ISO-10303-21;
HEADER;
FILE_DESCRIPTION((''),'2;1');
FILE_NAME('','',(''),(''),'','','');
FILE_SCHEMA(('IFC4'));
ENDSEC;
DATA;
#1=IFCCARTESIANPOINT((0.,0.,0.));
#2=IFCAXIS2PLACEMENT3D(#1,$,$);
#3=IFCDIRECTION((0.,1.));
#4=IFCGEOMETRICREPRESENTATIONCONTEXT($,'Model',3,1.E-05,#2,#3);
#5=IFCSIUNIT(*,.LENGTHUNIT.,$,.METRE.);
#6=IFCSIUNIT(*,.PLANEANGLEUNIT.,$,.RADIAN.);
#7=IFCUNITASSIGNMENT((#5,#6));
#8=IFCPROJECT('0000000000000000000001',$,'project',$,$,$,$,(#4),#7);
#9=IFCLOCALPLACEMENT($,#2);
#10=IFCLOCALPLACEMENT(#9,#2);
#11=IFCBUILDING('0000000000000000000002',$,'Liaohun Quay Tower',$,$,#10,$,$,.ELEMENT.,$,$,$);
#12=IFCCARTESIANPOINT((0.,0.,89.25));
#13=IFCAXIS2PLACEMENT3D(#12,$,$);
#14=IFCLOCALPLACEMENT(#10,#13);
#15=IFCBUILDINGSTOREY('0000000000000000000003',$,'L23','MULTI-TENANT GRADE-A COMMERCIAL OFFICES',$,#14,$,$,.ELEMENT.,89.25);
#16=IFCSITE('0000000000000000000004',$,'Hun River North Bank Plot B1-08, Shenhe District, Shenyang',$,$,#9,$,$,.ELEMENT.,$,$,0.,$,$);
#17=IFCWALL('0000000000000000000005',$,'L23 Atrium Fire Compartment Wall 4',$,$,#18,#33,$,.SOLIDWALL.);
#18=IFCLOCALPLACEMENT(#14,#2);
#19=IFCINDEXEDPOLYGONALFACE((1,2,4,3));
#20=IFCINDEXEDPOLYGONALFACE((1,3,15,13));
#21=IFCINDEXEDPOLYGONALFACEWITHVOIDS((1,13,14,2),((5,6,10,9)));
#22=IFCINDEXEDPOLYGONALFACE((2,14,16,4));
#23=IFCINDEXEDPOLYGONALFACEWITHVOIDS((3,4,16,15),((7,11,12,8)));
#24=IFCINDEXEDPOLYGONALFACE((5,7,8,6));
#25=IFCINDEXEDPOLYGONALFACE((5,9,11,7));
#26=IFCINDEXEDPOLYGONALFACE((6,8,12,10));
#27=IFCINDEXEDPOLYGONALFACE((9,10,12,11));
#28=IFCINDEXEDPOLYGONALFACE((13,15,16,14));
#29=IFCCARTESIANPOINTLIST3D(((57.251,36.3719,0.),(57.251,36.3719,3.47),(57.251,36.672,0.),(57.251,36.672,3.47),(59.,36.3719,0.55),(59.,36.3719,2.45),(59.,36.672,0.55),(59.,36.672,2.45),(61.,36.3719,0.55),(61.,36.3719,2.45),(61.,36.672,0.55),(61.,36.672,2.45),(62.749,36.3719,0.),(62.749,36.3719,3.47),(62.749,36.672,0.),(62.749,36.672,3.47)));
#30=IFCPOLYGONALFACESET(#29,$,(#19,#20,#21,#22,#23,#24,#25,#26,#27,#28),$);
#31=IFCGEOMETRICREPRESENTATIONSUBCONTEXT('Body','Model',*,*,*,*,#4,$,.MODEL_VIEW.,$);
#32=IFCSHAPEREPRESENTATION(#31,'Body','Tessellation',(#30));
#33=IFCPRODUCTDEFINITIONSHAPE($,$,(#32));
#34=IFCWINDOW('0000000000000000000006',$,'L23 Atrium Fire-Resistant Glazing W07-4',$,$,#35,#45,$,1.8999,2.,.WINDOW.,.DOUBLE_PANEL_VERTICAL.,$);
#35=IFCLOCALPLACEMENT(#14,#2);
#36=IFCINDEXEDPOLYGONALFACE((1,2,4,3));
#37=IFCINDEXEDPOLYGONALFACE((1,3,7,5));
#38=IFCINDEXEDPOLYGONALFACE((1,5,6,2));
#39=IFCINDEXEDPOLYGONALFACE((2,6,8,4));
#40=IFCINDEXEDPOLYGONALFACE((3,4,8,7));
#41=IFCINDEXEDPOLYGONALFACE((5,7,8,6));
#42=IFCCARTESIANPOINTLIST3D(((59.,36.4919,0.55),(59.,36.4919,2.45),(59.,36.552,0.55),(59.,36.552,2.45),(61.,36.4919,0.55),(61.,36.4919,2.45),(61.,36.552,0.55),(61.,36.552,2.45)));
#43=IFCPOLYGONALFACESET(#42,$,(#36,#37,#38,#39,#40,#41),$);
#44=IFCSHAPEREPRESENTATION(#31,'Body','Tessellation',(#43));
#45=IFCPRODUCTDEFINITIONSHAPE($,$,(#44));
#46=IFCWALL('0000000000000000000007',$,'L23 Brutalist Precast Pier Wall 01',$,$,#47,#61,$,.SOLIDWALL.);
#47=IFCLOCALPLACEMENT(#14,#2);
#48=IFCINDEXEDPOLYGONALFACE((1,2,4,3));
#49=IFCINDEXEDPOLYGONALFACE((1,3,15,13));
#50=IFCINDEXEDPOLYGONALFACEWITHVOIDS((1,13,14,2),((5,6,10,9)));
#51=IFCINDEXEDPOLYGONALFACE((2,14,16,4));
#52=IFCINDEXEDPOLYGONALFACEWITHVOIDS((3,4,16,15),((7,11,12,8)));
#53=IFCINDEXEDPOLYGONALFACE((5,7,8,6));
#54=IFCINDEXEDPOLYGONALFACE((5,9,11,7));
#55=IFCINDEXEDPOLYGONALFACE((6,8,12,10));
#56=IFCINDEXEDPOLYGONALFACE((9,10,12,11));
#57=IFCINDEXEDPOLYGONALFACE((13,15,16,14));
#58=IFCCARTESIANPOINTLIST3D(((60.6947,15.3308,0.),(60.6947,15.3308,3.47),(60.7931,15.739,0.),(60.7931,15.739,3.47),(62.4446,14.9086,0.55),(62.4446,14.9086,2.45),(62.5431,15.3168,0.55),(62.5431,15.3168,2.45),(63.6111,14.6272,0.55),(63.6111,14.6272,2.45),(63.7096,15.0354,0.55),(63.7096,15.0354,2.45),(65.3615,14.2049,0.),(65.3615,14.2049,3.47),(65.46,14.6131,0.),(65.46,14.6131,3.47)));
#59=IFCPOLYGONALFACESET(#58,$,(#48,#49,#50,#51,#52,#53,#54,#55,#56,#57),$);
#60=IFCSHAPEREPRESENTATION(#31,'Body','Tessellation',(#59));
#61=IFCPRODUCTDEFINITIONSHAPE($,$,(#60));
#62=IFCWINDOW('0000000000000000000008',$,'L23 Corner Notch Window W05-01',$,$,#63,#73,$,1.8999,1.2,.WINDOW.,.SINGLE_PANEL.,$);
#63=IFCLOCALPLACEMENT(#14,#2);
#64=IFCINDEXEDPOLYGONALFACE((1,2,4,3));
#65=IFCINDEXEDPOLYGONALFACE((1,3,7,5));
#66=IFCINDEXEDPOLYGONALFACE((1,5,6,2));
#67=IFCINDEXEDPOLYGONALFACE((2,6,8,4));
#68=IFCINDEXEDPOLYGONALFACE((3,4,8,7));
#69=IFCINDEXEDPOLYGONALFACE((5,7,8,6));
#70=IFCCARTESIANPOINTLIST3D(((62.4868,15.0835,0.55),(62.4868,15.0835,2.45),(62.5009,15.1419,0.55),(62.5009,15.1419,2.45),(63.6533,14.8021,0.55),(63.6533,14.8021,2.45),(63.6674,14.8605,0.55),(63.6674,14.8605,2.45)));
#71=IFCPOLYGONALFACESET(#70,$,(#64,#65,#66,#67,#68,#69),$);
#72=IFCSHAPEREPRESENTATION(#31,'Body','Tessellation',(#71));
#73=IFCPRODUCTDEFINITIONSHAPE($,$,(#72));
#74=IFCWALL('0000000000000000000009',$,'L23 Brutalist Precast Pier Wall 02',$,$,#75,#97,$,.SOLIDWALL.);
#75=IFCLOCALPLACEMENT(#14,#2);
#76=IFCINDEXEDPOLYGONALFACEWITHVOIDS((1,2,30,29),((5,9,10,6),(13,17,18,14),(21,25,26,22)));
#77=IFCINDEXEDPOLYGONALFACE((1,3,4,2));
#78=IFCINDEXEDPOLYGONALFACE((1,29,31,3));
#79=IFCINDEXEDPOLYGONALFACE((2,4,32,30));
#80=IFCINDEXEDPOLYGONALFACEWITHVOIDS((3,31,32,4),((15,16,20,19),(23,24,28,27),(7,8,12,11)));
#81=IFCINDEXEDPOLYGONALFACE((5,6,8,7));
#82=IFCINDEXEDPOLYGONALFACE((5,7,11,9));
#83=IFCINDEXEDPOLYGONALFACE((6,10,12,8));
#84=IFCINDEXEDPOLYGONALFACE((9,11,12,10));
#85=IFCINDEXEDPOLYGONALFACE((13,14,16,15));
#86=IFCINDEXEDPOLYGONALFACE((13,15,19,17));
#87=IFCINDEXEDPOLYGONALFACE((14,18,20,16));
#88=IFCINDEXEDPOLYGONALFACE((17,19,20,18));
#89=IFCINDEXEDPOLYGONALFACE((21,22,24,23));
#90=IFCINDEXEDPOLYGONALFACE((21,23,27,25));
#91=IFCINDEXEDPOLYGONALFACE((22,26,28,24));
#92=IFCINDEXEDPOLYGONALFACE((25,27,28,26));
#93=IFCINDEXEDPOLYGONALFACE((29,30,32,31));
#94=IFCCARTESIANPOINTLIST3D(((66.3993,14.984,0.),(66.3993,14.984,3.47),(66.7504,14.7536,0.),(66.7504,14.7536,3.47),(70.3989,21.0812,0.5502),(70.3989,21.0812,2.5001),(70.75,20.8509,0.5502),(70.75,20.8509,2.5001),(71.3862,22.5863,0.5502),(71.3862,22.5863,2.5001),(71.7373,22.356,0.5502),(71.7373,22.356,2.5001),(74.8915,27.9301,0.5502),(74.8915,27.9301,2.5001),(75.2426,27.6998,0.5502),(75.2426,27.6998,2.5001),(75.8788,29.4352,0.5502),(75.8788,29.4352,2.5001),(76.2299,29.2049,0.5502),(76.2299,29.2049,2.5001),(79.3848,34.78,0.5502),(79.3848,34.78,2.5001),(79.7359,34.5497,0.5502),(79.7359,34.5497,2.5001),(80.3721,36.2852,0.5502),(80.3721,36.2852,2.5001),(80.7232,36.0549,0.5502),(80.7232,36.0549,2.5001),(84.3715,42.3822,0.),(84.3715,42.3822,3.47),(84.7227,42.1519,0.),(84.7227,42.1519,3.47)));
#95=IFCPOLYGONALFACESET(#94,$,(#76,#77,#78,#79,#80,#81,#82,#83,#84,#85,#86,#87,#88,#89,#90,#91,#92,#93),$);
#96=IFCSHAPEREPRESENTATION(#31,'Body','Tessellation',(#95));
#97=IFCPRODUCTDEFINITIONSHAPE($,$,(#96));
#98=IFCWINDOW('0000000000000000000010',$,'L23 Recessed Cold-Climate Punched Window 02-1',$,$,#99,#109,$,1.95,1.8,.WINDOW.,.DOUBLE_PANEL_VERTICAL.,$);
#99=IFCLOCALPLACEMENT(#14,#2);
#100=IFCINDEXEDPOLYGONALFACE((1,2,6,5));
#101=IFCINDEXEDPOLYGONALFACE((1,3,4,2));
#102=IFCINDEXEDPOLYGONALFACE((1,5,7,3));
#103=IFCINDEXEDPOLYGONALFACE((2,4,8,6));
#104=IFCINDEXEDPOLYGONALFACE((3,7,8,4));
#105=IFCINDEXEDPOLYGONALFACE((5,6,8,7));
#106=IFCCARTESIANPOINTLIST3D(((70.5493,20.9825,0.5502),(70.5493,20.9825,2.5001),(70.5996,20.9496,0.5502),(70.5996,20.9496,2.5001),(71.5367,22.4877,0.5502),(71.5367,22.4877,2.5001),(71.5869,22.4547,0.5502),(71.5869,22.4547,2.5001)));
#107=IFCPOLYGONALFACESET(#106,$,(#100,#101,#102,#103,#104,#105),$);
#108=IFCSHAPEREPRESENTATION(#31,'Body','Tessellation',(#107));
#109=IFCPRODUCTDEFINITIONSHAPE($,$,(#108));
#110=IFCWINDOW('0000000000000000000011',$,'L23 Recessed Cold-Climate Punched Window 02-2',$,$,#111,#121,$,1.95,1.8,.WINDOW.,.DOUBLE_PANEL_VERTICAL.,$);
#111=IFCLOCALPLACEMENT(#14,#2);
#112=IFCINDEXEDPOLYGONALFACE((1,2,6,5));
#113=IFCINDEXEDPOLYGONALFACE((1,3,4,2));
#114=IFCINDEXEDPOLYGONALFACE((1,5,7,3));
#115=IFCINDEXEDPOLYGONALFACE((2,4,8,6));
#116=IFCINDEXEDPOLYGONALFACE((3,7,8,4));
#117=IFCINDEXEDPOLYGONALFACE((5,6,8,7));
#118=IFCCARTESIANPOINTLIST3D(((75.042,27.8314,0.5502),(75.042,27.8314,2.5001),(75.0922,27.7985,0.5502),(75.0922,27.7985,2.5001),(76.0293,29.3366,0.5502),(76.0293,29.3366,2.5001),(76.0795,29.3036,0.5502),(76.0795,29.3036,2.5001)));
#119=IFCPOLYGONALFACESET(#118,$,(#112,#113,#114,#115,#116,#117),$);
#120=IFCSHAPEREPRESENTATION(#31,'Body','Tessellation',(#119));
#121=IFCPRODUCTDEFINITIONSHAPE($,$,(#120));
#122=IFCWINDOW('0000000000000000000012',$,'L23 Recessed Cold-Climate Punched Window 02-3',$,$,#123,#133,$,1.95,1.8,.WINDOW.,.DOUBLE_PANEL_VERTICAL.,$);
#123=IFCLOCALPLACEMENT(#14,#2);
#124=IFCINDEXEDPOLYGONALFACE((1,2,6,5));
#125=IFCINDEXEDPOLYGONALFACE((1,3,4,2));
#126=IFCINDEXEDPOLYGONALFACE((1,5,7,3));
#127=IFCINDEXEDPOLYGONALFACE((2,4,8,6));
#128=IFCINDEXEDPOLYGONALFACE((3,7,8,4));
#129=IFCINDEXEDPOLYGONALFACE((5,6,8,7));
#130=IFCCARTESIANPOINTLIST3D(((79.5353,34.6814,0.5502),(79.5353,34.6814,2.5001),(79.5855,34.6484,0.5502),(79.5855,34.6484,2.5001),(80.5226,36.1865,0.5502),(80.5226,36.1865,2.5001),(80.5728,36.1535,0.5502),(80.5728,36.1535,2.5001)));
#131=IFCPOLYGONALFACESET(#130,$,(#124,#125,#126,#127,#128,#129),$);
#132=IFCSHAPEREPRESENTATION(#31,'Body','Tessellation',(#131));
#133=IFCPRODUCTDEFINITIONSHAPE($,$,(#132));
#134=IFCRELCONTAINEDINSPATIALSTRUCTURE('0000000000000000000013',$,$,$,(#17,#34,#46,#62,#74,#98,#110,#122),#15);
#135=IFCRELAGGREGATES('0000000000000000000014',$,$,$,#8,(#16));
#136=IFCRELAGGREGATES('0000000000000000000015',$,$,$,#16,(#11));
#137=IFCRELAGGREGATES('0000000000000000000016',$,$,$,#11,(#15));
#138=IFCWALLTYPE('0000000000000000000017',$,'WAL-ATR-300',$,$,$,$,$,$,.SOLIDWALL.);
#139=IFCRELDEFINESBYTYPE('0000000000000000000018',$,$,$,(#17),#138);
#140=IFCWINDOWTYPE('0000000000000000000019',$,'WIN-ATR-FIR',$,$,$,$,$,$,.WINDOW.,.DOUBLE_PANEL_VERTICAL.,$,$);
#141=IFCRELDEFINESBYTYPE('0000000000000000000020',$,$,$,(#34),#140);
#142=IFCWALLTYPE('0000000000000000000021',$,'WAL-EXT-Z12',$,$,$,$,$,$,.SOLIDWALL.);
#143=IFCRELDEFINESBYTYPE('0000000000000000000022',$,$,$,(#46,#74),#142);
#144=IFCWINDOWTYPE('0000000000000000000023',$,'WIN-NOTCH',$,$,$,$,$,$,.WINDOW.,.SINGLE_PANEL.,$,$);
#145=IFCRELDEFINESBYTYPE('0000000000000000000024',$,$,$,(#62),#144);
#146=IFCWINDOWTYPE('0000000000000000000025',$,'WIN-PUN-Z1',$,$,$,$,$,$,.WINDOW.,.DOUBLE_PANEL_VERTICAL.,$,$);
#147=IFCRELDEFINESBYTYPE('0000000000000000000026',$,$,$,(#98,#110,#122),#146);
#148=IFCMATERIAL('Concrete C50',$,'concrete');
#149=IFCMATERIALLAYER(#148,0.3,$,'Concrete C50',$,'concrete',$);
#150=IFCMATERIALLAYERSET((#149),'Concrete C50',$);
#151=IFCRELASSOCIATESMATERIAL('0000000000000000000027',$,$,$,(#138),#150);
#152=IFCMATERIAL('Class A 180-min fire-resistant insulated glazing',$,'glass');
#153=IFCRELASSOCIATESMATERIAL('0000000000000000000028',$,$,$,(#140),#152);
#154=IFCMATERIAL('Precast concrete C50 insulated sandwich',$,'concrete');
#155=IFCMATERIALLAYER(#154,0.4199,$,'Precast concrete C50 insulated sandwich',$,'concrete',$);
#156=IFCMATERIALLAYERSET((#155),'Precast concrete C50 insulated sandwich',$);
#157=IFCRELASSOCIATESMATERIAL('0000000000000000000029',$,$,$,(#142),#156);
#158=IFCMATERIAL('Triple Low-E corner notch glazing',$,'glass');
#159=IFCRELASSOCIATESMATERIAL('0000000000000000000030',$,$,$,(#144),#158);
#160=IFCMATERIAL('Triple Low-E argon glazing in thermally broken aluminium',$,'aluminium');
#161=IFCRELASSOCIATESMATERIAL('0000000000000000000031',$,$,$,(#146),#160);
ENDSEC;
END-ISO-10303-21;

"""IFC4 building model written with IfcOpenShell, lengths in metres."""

from ifc_helpers import new_model, si_unit, direction, frame, frame_2d, origin, place, context, subcontext, project, spatial, rectangle, extrude, source, transform, mapped, material, layer, layer_set, type_object, element, fill, save


model = new_model("IFC4")

# Units and contexts
model_context = context("Model", 3, precision=1e-05, world=origin(), true_north=direction((0.0, 1.0)))
body_context = subcontext(model_context, "Body", "Model", "MODEL_VIEW")
ifc_project = project(units=[si_unit("LENGTHUNIT", "METRE"), si_unit("PLANEANGLEUNIT", "RADIAN")], contexts=[model_context])

# Site, building, storey
site_placement = place(None, origin())
site = spatial("IfcSite", under=ifc_project, at=site_placement, Name="Hun River North Bank Plot B1-08, Shenhe District, Shenyang", CompositionType="ELEMENT", RefElevation=0.0)
building_placement = place(site_placement, origin())
building = spatial("IfcBuilding", under=site, at=building_placement, Name="Liaohun Quay Tower", CompositionType="ELEMENT")
storey_placement = place(building_placement, frame((0.0, 0.0, 89.25)))
storey = spatial("IfcBuildingStorey", under=building, at=storey_placement, Name="L23", Description="MULTI-TENANT GRADE-A COMMERCIAL OFFICES", CompositionType="ELEMENT", Elevation=89.25)

# Walls, openings, windows
ifc_material_1 = material(Name="Concrete C50", Category="concrete")
ifc_layer_1 = layer(ifc_material_1, 0.3, Name="Concrete C50", Category="concrete")
ifc_layer_set_1 = layer_set([ifc_layer_1], Name="Concrete C50")
wall_type_1 = type_object("IfcWallType", Name="WAL-ATR-300", PredefinedType="SOLIDWALL", material=ifc_layer_set_1)
shared_shape_1 = source(origin(), body_context, "Body", "SweptSolid", [
    extrude(rectangle(XDim=2.0, YDim=1.8999, at=frame_2d((1.0, 0.95))), frame((0.0, 0.1599, 0.0), z_axis=(0.0, -1.0, 0.0), x_axis=(1.0, 0.0, 0.0)), (0.0, 0.0, 1.0), 0.3201),
])
ifc_material_2 = material(Name="Class A 180-min fire-resistant insulated glazing", Category="glass")
window_type_1 = type_object("IfcWindowType", Name="WIN-ATR-FIR", PartitioningType="DOUBLE_PANEL_VERTICAL", PredefinedType="WINDOW", material=ifc_material_2)
shared_shape_2 = source(origin(), body_context, "Body", "SweptSolid", [
    extrude(rectangle(XDim=2.0, YDim=1.8999, at=frame_2d((1.0, 0.95))), frame((0.0, 0.03, 0.0), z_axis=(0.0, -1.0, 0.0), x_axis=(1.0, 0.0, 0.0)), (0.0, 0.0, 1.0), 0.0601),
])
wall_1_placement = place(storey_placement, frame((62.749, 36.522, 0.0), z_axis=(0.0, 0.0, 1.0), x_axis=(-1.0, 0.0, 0.0)))
wall_1 = element("IfcWall", 1, at=wall_1_placement, inside=storey, type_object=wall_type_1, Name="L23 Atrium Fire Compartment Wall 4", PredefinedType="SOLIDWALL", context=body_context, shape_type="SweptSolid", body=[
    extrude(rectangle(XDim=5.498, YDim=0.3, at=frame_2d((2.749, 0.0))), origin(), (0.0, 0.0, 1.0), 3.47),
])
opening_1_placement = place(wall_1_placement, frame((1.749, 0.0, 0.55)))
opening_1 = element("IfcOpeningElement", 2, at=opening_1_placement, cuts=wall_1, PredefinedType="OPENING", context=body_context, shape_type="MappedRepresentation", body=[
    mapped(shared_shape_1, transform((0.0, 0.0, 0.0), x_axis=(1.0, 0.0, 0.0), y_axis=(0.0, 1.0, 0.0), z_axis=(0.0, 0.0, 1.0), scale=1.0)),
])
window_1_placement = place(opening_1_placement, origin())
window_1 = element("IfcWindow", 3, at=window_1_placement, inside=storey, type_object=window_type_1, Name="L23 Atrium Fire-Resistant Glazing W07-4", OverallHeight=1.8999, OverallWidth=2.0, PartitioningType="DOUBLE_PANEL_VERTICAL", PredefinedType="WINDOW", context=body_context, shape_type="MappedRepresentation", body=[
    mapped(shared_shape_2, transform((0.0, 0.0, 0.0), x_axis=(1.0, 0.0, 0.0), y_axis=(0.0, 1.0, 0.0), z_axis=(0.0, 0.0, 1.0), scale=1.0)),
])
fill(opening_1, window_1)
ifc_material_3 = material(Name="Precast concrete C50 insulated sandwich", Category="concrete")
ifc_layer_2 = layer(ifc_material_3, 0.4199, Name="Precast concrete C50 insulated sandwich", Category="concrete")
ifc_layer_set_2 = layer_set([ifc_layer_2], Name="Precast concrete C50 insulated sandwich")
wall_type_2 = type_object("IfcWallType", Name="WAL-EXT-Z12", PredefinedType="SOLIDWALL", material=ifc_layer_set_2)
wall_2_placement = place(storey_placement, frame((60.7439, 15.5349, 0.0), z_axis=(0.0, 0.0, 1.0), x_axis=(0.972108, -0.234534, 0.0)))
wall_2 = element("IfcWall", 4, at=wall_2_placement, inside=storey, type_object=wall_type_2, Name="L23 Brutalist Precast Pier Wall 01", PredefinedType="SOLIDWALL", context=body_context, shape_type="SweptSolid", body=[
    extrude(rectangle(XDim=4.8008, YDim=0.4199, at=frame_2d((2.4004, 0.0))), origin(), (0.0, 0.0, 1.0), 3.47),
])
shared_shape_3 = source(origin(), body_context, "Body", "SweptSolid", [
    extrude(rectangle(XDim=1.2, YDim=1.8999, at=frame_2d((0.6001, 0.95))), frame((0.0, 0.22, 0.0), z_axis=(0.0, -1.0, 0.0), x_axis=(1.0, 0.0, 0.0)), (0.0, 0.0, 1.0), 0.4399),
])
opening_2_placement = place(wall_2_placement, frame((1.8, 0.0, 0.55)))
opening_2 = element("IfcOpeningElement", 5, at=opening_2_placement, cuts=wall_2, PredefinedType="OPENING", context=body_context, shape_type="MappedRepresentation", body=[
    mapped(shared_shape_3, transform((0.0, 0.0, 0.0), x_axis=(1.0, 0.0, 0.0), y_axis=(0.0, 1.0, 0.0), z_axis=(0.0, 0.0, 1.0), scale=1.0)),
])
ifc_material_4 = material(Name="Triple Low-E corner notch glazing", Category="glass")
window_type_2 = type_object("IfcWindowType", Name="WIN-NOTCH", PartitioningType="SINGLE_PANEL", PredefinedType="WINDOW", material=ifc_material_4)
shared_shape_4 = source(origin(), body_context, "Body", "SweptSolid", [
    extrude(rectangle(XDim=1.2, YDim=1.8999, at=frame_2d((0.6001, 0.95))), frame((0.0, 0.03, 0.0), z_axis=(0.0, -1.0, 0.0), x_axis=(1.0, 0.0, 0.0)), (0.0, 0.0, 1.0), 0.0601),
])
window_2_placement = place(opening_2_placement, origin())
window_2 = element("IfcWindow", 6, at=window_2_placement, inside=storey, type_object=window_type_2, Name="L23 Corner Notch Window W05-01", OverallHeight=1.8999, OverallWidth=1.2, PartitioningType="SINGLE_PANEL", PredefinedType="WINDOW", context=body_context, shape_type="MappedRepresentation", body=[
    mapped(shared_shape_4, transform((0.0, 0.0, 0.0), x_axis=(1.0, 0.0, 0.0), y_axis=(0.0, 1.0, 0.0), z_axis=(0.0, 0.0, 1.0), scale=1.0)),
])
fill(opening_2, window_2)

# Wall, openings, windows
wall_3_placement = place(storey_placement, frame((66.575, 14.8689, 0.0), z_axis=(0.0, 0.0, 1.0), x_axis=(0.548488, 0.836158, 0.0)))
wall_3 = element("IfcWall", 7, at=wall_3_placement, inside=storey, type_object=wall_type_2, Name="L23 Brutalist Precast Pier Wall 02", PredefinedType="SOLIDWALL", context=body_context, shape_type="SweptSolid", body=[
    extrude(rectangle(XDim=32.7668, YDim=0.4199, at=frame_2d((16.3833, 0.0))), origin(), (0.0, 0.0, 1.0), 3.47),
])
shared_shape_5 = source(origin(), body_context, "Body", "SweptSolid", [
    extrude(rectangle(XDim=1.8, YDim=1.95, at=frame_2d((0.8999, 0.9751))), frame((0.0, 0.22, 0.0), z_axis=(0.0, -1.0, 0.0), x_axis=(1.0, 0.0, 0.0)), (0.0, 0.0, 1.0), 0.4399),
])
opening_3_placement = place(wall_3_placement, frame((7.292, 0.0, 0.55)))
opening_3 = element("IfcOpeningElement", 8, at=opening_3_placement, cuts=wall_3, PredefinedType="OPENING", context=body_context, shape_type="MappedRepresentation", body=[
    mapped(shared_shape_5, transform((0.0, 0.0, 0.0), x_axis=(1.0, 0.0, 0.0), y_axis=(0.0, 1.0, 0.0), z_axis=(0.0, 0.0, 1.0), scale=1.0)),
])
opening_4_placement = place(wall_3_placement, frame((15.4829, 0.0, 0.55)))
opening_4 = element("IfcOpeningElement", 9, at=opening_4_placement, cuts=wall_3, PredefinedType="OPENING", context=body_context, shape_type="MappedRepresentation", body=[
    mapped(shared_shape_5, transform((0.0, 0.0, 0.0), x_axis=(1.0, 0.0, 0.0), y_axis=(0.0, 1.0, 0.0), z_axis=(0.0, 0.0, 1.0), scale=1.0)),
])
opening_5_placement = place(wall_3_placement, frame((23.675, 0.0, 0.55)))
opening_5 = element("IfcOpeningElement", 10, at=opening_5_placement, cuts=wall_3, PredefinedType="OPENING", context=body_context, shape_type="MappedRepresentation", body=[
    mapped(shared_shape_5, transform((0.0, 0.0, 0.0), x_axis=(1.0, 0.0, 0.0), y_axis=(0.0, 1.0, 0.0), z_axis=(0.0, 0.0, 1.0), scale=1.0)),
])
ifc_material_5 = material(Name="Triple Low-E argon glazing in thermally broken aluminium", Category="aluminium")
window_type_3 = type_object("IfcWindowType", Name="WIN-PUN-Z1", PartitioningType="DOUBLE_PANEL_VERTICAL", PredefinedType="WINDOW", material=ifc_material_5)
shared_shape_6 = source(origin(), body_context, "Body", "SweptSolid", [
    extrude(rectangle(XDim=1.8, YDim=1.95, at=frame_2d((0.8999, 0.9751))), frame((0.0, 0.03, 0.0), z_axis=(0.0, -1.0, 0.0), x_axis=(1.0, 0.0, 0.0)), (0.0, 0.0, 1.0), 0.0601),
])
window_3_placement = place(opening_3_placement, origin())
window_3 = element("IfcWindow", 11, at=window_3_placement, inside=storey, type_object=window_type_3, Name="L23 Recessed Cold-Climate Punched Window 02-1", OverallHeight=1.95, OverallWidth=1.8, PartitioningType="DOUBLE_PANEL_VERTICAL", PredefinedType="WINDOW", context=body_context, shape_type="MappedRepresentation", body=[
    mapped(shared_shape_6, transform((0.0, 0.0, 0.0), x_axis=(1.0, 0.0, 0.0), y_axis=(0.0, 1.0, 0.0), z_axis=(0.0, 0.0, 1.0), scale=1.0)),
])
fill(opening_3, window_3)
window_4_placement = place(opening_4_placement, origin())
window_4 = element("IfcWindow", 12, at=window_4_placement, inside=storey, type_object=window_type_3, Name="L23 Recessed Cold-Climate Punched Window 02-2", OverallHeight=1.95, OverallWidth=1.8, PartitioningType="DOUBLE_PANEL_VERTICAL", PredefinedType="WINDOW", context=body_context, shape_type="MappedRepresentation", body=[
    mapped(shared_shape_6, transform((0.0, 0.0, 0.0), x_axis=(1.0, 0.0, 0.0), y_axis=(0.0, 1.0, 0.0), z_axis=(0.0, 0.0, 1.0), scale=1.0)),
])
fill(opening_4, window_4)
window_5_placement = place(opening_5_placement, origin())
window_5 = element("IfcWindow", 13, at=window_5_placement, inside=storey, type_object=window_type_3, Name="L23 Recessed Cold-Climate Punched Window 02-3", OverallHeight=1.95, OverallWidth=1.8, PartitioningType="DOUBLE_PANEL_VERTICAL", PredefinedType="WINDOW", context=body_context, shape_type="MappedRepresentation", body=[
    mapped(shared_shape_6, transform((0.0, 0.0, 0.0), x_axis=(1.0, 0.0, 0.0), y_axis=(0.0, 1.0, 0.0), z_axis=(0.0, 0.0, 1.0), scale=1.0)),
])
fill(opening_5, window_5)

save(model, "model.ifc")
